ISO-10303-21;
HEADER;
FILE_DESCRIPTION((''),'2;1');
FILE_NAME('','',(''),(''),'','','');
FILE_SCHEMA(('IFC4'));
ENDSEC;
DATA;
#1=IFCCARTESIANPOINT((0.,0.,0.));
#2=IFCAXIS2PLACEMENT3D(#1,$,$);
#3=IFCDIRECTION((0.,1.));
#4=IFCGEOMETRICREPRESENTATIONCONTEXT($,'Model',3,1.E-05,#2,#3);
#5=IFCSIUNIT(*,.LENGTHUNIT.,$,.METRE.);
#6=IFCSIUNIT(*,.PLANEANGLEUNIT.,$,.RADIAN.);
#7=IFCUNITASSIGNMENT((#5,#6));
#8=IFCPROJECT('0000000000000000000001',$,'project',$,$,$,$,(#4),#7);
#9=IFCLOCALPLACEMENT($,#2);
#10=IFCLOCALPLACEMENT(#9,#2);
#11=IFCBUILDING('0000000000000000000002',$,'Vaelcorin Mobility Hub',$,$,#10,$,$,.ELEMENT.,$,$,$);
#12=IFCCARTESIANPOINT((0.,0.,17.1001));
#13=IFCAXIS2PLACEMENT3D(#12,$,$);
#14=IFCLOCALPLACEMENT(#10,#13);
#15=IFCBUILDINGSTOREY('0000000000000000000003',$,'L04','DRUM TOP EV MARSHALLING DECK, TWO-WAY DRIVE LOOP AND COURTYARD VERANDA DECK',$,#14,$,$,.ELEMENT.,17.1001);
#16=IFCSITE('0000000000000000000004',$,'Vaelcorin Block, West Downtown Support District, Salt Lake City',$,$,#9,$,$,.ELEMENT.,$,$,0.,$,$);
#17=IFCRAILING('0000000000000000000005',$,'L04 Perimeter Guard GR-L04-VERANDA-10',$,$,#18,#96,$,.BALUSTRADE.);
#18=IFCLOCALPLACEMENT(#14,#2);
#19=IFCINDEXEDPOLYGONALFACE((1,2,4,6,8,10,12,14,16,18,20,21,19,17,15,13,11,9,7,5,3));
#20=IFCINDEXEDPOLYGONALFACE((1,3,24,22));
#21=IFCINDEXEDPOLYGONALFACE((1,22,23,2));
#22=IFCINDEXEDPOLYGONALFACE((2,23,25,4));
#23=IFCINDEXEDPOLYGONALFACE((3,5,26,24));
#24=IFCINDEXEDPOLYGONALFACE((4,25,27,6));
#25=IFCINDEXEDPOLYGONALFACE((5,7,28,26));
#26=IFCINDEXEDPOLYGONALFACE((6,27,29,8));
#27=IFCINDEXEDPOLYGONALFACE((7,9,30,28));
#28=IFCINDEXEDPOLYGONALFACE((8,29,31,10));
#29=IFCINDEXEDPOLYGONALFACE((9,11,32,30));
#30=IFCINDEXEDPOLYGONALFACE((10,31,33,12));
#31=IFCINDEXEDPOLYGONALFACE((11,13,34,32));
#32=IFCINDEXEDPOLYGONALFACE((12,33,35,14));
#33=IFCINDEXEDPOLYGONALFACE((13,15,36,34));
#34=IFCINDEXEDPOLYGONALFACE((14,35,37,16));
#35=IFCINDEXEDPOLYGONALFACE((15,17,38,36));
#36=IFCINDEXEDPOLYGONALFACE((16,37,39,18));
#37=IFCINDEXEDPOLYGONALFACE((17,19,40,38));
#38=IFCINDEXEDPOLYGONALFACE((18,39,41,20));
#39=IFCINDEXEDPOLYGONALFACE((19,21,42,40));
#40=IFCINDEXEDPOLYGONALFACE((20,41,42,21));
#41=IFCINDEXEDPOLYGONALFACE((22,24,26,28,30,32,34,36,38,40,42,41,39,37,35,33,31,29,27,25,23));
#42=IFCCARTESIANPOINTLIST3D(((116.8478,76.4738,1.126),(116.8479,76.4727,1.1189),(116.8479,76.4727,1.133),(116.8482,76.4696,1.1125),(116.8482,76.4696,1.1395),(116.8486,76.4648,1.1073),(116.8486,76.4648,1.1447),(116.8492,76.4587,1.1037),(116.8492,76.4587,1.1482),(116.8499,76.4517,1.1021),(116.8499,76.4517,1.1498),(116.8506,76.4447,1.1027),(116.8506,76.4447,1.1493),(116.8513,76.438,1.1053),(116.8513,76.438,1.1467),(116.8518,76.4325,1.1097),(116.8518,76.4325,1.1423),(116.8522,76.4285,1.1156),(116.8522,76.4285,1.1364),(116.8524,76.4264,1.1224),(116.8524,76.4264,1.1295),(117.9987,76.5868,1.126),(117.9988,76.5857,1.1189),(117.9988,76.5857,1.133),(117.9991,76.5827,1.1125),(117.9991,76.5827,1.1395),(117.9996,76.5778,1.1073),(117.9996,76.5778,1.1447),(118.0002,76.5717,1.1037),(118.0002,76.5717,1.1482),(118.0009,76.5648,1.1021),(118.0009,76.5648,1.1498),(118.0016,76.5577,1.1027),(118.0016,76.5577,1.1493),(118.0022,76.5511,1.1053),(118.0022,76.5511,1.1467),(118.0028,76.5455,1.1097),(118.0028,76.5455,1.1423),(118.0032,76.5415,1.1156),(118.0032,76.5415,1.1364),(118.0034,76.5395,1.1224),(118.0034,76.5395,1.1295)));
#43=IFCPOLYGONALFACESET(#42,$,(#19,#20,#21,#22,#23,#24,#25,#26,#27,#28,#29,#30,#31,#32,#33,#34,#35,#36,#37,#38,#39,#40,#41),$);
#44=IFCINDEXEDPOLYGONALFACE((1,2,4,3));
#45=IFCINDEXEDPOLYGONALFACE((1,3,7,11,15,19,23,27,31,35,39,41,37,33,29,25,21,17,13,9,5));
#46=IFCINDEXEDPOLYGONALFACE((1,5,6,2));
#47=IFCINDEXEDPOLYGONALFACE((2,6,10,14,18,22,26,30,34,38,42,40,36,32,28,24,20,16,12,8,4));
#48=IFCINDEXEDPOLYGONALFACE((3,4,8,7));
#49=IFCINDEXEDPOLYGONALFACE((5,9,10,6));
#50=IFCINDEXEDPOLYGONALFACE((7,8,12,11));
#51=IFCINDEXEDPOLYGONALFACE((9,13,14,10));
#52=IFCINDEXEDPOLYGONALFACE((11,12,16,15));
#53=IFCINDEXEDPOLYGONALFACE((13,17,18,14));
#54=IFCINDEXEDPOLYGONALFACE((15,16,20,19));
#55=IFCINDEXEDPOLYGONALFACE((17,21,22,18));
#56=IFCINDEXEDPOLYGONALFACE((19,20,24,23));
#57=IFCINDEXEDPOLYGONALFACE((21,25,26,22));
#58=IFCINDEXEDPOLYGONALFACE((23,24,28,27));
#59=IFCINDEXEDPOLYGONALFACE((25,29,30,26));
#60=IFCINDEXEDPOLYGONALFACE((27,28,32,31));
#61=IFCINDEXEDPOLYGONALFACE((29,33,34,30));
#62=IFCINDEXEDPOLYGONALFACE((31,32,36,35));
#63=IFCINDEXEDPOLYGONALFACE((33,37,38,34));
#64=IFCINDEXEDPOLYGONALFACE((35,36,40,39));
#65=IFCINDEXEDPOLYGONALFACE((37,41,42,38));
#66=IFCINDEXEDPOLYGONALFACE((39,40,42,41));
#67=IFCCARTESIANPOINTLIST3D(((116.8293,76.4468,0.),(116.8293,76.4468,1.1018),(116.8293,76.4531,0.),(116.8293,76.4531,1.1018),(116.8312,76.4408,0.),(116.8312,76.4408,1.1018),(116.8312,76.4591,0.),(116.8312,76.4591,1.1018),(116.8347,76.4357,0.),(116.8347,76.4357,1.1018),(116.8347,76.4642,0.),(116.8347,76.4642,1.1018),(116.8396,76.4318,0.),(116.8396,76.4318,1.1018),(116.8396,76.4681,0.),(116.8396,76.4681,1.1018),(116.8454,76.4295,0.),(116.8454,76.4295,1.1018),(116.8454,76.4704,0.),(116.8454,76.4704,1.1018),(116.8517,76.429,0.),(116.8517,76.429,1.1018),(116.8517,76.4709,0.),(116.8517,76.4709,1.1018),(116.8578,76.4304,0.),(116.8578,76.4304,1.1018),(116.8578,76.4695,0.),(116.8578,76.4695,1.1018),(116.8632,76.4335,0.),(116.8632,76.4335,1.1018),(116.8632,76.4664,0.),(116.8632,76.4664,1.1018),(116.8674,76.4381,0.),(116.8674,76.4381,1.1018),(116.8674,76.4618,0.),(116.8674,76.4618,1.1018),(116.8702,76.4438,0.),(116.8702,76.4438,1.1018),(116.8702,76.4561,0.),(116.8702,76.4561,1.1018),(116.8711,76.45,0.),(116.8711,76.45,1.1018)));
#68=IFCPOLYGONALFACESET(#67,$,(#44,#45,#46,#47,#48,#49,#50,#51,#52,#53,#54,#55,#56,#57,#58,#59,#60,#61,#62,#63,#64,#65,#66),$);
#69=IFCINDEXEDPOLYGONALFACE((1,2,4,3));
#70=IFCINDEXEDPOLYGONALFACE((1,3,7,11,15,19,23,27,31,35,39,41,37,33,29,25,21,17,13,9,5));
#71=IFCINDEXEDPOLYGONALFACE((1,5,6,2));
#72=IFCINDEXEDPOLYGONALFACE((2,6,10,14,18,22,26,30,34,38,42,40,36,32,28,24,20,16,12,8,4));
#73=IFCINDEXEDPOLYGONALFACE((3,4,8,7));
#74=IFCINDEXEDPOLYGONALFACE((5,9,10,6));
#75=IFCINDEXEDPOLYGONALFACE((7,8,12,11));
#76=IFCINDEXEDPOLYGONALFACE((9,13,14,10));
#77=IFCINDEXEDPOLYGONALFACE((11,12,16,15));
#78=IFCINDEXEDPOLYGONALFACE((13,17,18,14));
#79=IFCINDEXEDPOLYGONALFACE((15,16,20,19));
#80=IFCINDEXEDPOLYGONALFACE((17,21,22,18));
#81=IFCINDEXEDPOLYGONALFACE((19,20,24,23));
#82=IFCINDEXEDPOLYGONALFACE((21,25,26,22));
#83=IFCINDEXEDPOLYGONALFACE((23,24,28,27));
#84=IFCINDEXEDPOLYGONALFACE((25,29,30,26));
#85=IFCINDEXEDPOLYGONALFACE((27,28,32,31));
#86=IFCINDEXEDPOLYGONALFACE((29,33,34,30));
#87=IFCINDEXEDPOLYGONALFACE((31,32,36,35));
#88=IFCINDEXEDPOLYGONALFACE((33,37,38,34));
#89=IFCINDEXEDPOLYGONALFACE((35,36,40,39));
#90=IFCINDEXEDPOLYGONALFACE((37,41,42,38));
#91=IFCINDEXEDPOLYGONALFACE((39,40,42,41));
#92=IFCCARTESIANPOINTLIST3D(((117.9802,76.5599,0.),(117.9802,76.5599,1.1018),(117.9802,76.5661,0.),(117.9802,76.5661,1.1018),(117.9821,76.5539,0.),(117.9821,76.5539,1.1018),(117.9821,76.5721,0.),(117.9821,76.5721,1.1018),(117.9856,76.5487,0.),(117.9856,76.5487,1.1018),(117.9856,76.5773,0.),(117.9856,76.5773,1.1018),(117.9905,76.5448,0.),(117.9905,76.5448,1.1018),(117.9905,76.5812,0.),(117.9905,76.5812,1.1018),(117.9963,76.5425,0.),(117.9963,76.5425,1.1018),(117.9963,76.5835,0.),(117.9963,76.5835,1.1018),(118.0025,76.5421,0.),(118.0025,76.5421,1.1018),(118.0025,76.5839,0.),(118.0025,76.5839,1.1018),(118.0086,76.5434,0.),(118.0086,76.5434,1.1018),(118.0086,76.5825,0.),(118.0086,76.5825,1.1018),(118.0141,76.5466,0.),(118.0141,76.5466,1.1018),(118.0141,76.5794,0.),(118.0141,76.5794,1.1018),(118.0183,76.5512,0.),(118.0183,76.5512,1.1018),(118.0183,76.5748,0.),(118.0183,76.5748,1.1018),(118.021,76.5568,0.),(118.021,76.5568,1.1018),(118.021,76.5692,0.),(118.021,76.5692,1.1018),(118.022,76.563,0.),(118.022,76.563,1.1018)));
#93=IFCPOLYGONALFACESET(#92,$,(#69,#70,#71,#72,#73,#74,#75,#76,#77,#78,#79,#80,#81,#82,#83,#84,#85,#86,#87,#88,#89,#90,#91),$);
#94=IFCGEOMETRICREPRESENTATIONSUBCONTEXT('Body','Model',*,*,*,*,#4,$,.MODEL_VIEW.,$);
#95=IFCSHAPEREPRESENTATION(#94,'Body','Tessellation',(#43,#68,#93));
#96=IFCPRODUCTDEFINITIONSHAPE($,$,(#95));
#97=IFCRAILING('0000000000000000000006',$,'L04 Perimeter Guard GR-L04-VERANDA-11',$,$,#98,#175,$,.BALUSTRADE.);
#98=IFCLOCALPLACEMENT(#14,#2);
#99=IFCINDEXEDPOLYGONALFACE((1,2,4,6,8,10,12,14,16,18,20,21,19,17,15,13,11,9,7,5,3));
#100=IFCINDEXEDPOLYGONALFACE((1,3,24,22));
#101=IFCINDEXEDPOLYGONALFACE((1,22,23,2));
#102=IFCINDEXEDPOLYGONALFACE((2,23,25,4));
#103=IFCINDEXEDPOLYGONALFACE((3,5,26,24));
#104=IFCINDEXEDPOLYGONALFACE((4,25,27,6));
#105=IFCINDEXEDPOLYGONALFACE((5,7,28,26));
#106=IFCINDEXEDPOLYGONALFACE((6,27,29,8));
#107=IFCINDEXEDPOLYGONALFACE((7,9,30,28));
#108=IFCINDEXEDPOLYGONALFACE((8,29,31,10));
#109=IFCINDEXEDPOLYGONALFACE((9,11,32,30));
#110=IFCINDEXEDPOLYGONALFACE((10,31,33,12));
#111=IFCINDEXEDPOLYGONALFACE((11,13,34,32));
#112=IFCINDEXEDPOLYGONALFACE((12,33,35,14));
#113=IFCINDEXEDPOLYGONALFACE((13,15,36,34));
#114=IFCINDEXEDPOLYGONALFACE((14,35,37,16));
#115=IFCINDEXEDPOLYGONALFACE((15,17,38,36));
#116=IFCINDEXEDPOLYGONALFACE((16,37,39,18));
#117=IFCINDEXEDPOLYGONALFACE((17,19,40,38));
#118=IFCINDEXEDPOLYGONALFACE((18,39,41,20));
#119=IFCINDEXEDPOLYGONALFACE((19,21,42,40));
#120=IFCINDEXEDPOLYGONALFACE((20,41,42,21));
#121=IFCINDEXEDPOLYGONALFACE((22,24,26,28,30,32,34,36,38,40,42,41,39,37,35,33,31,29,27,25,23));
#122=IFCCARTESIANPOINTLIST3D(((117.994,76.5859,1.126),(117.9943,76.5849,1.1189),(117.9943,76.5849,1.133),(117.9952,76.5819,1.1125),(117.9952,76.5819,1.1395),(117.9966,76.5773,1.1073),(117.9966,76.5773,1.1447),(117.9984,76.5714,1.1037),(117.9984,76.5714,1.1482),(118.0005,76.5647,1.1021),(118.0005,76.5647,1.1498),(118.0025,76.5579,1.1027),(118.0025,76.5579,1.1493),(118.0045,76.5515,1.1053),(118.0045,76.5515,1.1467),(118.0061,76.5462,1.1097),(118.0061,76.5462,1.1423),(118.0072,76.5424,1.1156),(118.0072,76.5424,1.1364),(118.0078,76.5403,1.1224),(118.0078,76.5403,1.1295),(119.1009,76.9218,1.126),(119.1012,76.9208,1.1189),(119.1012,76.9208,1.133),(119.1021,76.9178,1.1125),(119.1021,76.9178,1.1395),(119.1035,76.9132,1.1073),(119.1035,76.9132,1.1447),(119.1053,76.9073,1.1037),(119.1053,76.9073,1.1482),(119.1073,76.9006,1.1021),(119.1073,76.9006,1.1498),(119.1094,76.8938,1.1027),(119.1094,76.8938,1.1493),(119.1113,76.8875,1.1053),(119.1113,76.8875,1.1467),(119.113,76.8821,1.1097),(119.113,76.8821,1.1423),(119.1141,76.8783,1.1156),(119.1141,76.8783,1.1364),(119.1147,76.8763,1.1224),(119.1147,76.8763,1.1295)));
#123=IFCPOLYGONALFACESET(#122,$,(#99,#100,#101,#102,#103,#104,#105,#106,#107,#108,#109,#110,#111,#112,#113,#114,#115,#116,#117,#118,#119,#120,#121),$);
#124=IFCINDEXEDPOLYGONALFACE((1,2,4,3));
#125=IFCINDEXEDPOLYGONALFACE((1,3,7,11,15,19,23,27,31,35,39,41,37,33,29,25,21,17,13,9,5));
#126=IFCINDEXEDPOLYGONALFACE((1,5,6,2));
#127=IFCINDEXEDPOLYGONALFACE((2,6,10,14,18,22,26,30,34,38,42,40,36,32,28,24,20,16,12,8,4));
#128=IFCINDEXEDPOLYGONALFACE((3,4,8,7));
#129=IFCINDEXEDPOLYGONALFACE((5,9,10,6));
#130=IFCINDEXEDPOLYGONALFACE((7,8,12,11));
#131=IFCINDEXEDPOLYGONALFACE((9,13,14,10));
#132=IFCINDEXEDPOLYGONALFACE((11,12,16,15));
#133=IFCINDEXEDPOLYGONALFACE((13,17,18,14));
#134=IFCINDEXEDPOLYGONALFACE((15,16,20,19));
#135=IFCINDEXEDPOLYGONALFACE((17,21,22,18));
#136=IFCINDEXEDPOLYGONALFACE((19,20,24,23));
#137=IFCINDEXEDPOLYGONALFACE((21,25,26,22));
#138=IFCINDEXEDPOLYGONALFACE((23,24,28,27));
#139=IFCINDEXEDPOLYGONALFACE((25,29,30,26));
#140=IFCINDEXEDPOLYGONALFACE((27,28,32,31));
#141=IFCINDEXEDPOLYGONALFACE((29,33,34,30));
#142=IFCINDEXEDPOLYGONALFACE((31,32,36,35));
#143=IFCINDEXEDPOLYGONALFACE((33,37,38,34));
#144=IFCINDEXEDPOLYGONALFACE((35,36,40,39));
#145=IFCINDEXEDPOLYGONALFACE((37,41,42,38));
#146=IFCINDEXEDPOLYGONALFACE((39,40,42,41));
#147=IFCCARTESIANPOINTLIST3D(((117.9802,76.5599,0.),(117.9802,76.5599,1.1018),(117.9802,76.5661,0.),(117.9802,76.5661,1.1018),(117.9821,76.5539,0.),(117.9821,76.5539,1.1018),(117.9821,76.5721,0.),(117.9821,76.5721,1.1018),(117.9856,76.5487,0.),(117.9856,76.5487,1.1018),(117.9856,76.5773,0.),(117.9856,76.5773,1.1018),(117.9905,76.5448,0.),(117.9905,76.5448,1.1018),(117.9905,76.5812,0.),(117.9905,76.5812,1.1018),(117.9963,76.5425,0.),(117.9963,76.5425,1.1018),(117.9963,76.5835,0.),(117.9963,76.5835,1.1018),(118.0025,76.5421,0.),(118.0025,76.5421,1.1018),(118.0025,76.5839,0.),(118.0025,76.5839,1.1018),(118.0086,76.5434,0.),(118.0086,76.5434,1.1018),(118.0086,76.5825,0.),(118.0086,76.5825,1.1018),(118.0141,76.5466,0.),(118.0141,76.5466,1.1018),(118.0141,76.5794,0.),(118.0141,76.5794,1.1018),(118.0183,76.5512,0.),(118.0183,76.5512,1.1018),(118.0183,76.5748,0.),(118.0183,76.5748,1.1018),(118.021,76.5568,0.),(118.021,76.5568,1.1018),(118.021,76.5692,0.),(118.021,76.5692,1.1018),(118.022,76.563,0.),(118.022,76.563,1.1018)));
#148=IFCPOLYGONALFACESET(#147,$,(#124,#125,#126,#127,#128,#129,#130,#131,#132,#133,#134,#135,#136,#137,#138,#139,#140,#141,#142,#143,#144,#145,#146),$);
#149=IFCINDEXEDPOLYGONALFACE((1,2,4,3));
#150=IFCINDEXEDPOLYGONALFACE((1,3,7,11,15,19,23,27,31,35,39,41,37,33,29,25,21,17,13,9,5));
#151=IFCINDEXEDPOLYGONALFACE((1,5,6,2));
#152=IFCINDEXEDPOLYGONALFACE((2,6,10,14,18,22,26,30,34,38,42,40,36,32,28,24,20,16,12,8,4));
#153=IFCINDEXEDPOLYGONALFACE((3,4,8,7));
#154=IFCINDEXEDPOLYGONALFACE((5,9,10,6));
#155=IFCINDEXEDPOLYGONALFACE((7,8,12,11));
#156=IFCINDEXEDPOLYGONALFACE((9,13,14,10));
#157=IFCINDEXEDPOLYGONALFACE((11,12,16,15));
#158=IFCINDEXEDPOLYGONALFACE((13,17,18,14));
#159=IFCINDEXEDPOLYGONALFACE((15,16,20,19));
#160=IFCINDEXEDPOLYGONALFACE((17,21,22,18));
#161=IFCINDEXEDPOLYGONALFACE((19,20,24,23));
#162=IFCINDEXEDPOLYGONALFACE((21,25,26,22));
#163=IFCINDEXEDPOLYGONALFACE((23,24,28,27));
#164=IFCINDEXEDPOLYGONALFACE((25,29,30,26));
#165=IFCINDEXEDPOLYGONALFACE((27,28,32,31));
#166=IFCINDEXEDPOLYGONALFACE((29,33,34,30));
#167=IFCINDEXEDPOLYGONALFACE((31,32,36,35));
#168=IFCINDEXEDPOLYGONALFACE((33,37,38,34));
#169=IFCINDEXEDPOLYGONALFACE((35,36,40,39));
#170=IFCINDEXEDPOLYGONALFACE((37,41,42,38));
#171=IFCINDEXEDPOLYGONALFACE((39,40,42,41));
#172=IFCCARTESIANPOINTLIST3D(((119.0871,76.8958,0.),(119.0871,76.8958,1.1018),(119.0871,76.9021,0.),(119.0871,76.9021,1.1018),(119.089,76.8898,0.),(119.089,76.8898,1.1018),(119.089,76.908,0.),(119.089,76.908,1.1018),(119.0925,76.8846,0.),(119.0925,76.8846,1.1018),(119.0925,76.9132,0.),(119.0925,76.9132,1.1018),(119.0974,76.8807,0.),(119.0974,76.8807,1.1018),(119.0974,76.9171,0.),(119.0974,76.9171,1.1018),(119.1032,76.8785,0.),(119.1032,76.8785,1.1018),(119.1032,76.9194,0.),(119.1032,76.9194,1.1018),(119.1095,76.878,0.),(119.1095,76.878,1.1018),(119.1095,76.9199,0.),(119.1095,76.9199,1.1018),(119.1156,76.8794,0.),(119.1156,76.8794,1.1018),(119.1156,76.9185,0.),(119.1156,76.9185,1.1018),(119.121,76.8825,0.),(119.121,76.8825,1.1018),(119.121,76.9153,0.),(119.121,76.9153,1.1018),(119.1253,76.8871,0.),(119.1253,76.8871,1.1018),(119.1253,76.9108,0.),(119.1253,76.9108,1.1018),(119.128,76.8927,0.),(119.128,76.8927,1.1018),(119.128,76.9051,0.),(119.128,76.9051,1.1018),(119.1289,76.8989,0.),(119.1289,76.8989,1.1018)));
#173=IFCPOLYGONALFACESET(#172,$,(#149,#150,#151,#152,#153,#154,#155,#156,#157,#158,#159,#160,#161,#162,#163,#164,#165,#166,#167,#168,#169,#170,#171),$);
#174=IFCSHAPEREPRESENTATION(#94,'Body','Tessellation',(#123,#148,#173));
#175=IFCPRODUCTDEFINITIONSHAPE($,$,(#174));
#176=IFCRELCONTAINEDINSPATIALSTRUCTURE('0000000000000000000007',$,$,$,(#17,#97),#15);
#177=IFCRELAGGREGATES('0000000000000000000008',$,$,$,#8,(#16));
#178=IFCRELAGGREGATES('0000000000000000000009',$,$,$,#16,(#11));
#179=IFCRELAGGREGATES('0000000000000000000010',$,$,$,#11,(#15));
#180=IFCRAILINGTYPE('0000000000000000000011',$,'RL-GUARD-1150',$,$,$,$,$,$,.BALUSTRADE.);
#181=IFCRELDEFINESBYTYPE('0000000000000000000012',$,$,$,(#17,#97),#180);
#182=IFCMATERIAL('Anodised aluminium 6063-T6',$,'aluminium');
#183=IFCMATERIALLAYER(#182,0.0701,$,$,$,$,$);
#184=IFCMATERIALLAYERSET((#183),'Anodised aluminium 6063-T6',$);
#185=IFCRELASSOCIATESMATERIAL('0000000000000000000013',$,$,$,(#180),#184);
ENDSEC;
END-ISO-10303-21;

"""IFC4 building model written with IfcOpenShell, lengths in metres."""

from ifc_helpers import new_model, si_unit, direction, frame, origin, origin_2d, place, context, subcontext, project, spatial, circle, extrude, material, layer, layer_set, type_object, element, save


model = new_model("IFC4")

# Units and contexts
model_context = context("Model", 3, precision=1e-05, world=origin(), true_north=direction((0.0, 1.0)))
body_context = subcontext(model_context, "Body", "Model", "MODEL_VIEW")
ifc_project = project(units=[si_unit("LENGTHUNIT", "METRE"), si_unit("PLANEANGLEUNIT", "RADIAN")], contexts=[model_context])

# Site, building, storey
site_placement = place(None, origin())
site = spatial("IfcSite", under=ifc_project, at=site_placement, Name="Vaelcorin Block, West Downtown Support District, Salt Lake City", CompositionType="ELEMENT", RefElevation=0.0)
building_placement = place(site_placement, origin())
building = spatial("IfcBuilding", under=site, at=building_placement, Name="Vaelcorin Mobility Hub", CompositionType="ELEMENT")
storey_placement = place(building_placement, frame((0.0, 0.0, 17.1001)))
storey = spatial("IfcBuildingStorey", under=building, at=storey_placement, Name="L04", Description="DRUM TOP EV MARSHALLING DECK, TWO-WAY DRIVE LOOP AND COURTYARD VERANDA DECK", CompositionType="ELEMENT", Elevation=17.1001)

# Railings
ifc_material_1 = material(Name="Anodised aluminium 6063-T6", Category="aluminium")
ifc_layer_1 = layer(ifc_material_1, 0.0701)
ifc_layer_set_1 = layer_set([ifc_layer_1], Name="Anodised aluminium 6063-T6")
railing_type_1 = type_object("IfcRailingType", Name="RL-GUARD-1150", PredefinedType="BALUSTRADE", material=ifc_layer_set_1)
railing_1_placement = place(storey_placement, frame((116.8501, 76.45, 0.0)))
element("IfcRailing", 1, at=railing_1_placement, inside=storey, type_object=railing_type_1, Name="L04 Perimeter Guard GR-L04-VERANDA-10", PredefinedType="BALUSTRADE", context=body_context, shape_type="SweptSolid", body=[
    extrude(circle(Radius=0.0239, at=origin_2d()), frame((0.0, 0.0, 1.126), z_axis=(0.995211, 0.097748, 0.0), x_axis=(-0.097748, 0.995211, 0.0)), (0.0, 0.0, 1.0), 1.1565),
    extrude(circle(Radius=0.021, at=origin_2d()), origin(), (0.0, 0.0, 1.0), 1.1018),
    extrude(circle(Radius=0.021, at=origin_2d()), frame((1.1509, 0.113, 0.0)), (0.0, 0.0, 1.0), 1.1018),
])
railing_2_placement = place(storey_placement, frame((118.001, 76.563, 0.0)))
element("IfcRailing", 2, at=railing_2_placement, inside=storey, type_object=railing_type_1, Name="L04 Perimeter Guard GR-L04-VERANDA-11", PredefinedType="BALUSTRADE", context=body_context, shape_type="SweptSolid", body=[
    extrude(circle(Radius=0.0239, at=origin_2d()), frame((0.0, 0.0, 1.126), z_axis=(0.956904, 0.290406, 0.0), x_axis=(-0.290406, 0.956904, 0.0)), (0.0, 0.0, 1.0), 1.1567),
    extrude(circle(Radius=0.021, at=origin_2d()), origin(), (0.0, 0.0, 1.0), 1.1018),
    extrude(circle(Radius=0.021, at=origin_2d()), frame((1.1069, 0.3359, 0.0)), (0.0, 0.0, 1.0), 1.1018),
])

save(model, "model.ifc")
